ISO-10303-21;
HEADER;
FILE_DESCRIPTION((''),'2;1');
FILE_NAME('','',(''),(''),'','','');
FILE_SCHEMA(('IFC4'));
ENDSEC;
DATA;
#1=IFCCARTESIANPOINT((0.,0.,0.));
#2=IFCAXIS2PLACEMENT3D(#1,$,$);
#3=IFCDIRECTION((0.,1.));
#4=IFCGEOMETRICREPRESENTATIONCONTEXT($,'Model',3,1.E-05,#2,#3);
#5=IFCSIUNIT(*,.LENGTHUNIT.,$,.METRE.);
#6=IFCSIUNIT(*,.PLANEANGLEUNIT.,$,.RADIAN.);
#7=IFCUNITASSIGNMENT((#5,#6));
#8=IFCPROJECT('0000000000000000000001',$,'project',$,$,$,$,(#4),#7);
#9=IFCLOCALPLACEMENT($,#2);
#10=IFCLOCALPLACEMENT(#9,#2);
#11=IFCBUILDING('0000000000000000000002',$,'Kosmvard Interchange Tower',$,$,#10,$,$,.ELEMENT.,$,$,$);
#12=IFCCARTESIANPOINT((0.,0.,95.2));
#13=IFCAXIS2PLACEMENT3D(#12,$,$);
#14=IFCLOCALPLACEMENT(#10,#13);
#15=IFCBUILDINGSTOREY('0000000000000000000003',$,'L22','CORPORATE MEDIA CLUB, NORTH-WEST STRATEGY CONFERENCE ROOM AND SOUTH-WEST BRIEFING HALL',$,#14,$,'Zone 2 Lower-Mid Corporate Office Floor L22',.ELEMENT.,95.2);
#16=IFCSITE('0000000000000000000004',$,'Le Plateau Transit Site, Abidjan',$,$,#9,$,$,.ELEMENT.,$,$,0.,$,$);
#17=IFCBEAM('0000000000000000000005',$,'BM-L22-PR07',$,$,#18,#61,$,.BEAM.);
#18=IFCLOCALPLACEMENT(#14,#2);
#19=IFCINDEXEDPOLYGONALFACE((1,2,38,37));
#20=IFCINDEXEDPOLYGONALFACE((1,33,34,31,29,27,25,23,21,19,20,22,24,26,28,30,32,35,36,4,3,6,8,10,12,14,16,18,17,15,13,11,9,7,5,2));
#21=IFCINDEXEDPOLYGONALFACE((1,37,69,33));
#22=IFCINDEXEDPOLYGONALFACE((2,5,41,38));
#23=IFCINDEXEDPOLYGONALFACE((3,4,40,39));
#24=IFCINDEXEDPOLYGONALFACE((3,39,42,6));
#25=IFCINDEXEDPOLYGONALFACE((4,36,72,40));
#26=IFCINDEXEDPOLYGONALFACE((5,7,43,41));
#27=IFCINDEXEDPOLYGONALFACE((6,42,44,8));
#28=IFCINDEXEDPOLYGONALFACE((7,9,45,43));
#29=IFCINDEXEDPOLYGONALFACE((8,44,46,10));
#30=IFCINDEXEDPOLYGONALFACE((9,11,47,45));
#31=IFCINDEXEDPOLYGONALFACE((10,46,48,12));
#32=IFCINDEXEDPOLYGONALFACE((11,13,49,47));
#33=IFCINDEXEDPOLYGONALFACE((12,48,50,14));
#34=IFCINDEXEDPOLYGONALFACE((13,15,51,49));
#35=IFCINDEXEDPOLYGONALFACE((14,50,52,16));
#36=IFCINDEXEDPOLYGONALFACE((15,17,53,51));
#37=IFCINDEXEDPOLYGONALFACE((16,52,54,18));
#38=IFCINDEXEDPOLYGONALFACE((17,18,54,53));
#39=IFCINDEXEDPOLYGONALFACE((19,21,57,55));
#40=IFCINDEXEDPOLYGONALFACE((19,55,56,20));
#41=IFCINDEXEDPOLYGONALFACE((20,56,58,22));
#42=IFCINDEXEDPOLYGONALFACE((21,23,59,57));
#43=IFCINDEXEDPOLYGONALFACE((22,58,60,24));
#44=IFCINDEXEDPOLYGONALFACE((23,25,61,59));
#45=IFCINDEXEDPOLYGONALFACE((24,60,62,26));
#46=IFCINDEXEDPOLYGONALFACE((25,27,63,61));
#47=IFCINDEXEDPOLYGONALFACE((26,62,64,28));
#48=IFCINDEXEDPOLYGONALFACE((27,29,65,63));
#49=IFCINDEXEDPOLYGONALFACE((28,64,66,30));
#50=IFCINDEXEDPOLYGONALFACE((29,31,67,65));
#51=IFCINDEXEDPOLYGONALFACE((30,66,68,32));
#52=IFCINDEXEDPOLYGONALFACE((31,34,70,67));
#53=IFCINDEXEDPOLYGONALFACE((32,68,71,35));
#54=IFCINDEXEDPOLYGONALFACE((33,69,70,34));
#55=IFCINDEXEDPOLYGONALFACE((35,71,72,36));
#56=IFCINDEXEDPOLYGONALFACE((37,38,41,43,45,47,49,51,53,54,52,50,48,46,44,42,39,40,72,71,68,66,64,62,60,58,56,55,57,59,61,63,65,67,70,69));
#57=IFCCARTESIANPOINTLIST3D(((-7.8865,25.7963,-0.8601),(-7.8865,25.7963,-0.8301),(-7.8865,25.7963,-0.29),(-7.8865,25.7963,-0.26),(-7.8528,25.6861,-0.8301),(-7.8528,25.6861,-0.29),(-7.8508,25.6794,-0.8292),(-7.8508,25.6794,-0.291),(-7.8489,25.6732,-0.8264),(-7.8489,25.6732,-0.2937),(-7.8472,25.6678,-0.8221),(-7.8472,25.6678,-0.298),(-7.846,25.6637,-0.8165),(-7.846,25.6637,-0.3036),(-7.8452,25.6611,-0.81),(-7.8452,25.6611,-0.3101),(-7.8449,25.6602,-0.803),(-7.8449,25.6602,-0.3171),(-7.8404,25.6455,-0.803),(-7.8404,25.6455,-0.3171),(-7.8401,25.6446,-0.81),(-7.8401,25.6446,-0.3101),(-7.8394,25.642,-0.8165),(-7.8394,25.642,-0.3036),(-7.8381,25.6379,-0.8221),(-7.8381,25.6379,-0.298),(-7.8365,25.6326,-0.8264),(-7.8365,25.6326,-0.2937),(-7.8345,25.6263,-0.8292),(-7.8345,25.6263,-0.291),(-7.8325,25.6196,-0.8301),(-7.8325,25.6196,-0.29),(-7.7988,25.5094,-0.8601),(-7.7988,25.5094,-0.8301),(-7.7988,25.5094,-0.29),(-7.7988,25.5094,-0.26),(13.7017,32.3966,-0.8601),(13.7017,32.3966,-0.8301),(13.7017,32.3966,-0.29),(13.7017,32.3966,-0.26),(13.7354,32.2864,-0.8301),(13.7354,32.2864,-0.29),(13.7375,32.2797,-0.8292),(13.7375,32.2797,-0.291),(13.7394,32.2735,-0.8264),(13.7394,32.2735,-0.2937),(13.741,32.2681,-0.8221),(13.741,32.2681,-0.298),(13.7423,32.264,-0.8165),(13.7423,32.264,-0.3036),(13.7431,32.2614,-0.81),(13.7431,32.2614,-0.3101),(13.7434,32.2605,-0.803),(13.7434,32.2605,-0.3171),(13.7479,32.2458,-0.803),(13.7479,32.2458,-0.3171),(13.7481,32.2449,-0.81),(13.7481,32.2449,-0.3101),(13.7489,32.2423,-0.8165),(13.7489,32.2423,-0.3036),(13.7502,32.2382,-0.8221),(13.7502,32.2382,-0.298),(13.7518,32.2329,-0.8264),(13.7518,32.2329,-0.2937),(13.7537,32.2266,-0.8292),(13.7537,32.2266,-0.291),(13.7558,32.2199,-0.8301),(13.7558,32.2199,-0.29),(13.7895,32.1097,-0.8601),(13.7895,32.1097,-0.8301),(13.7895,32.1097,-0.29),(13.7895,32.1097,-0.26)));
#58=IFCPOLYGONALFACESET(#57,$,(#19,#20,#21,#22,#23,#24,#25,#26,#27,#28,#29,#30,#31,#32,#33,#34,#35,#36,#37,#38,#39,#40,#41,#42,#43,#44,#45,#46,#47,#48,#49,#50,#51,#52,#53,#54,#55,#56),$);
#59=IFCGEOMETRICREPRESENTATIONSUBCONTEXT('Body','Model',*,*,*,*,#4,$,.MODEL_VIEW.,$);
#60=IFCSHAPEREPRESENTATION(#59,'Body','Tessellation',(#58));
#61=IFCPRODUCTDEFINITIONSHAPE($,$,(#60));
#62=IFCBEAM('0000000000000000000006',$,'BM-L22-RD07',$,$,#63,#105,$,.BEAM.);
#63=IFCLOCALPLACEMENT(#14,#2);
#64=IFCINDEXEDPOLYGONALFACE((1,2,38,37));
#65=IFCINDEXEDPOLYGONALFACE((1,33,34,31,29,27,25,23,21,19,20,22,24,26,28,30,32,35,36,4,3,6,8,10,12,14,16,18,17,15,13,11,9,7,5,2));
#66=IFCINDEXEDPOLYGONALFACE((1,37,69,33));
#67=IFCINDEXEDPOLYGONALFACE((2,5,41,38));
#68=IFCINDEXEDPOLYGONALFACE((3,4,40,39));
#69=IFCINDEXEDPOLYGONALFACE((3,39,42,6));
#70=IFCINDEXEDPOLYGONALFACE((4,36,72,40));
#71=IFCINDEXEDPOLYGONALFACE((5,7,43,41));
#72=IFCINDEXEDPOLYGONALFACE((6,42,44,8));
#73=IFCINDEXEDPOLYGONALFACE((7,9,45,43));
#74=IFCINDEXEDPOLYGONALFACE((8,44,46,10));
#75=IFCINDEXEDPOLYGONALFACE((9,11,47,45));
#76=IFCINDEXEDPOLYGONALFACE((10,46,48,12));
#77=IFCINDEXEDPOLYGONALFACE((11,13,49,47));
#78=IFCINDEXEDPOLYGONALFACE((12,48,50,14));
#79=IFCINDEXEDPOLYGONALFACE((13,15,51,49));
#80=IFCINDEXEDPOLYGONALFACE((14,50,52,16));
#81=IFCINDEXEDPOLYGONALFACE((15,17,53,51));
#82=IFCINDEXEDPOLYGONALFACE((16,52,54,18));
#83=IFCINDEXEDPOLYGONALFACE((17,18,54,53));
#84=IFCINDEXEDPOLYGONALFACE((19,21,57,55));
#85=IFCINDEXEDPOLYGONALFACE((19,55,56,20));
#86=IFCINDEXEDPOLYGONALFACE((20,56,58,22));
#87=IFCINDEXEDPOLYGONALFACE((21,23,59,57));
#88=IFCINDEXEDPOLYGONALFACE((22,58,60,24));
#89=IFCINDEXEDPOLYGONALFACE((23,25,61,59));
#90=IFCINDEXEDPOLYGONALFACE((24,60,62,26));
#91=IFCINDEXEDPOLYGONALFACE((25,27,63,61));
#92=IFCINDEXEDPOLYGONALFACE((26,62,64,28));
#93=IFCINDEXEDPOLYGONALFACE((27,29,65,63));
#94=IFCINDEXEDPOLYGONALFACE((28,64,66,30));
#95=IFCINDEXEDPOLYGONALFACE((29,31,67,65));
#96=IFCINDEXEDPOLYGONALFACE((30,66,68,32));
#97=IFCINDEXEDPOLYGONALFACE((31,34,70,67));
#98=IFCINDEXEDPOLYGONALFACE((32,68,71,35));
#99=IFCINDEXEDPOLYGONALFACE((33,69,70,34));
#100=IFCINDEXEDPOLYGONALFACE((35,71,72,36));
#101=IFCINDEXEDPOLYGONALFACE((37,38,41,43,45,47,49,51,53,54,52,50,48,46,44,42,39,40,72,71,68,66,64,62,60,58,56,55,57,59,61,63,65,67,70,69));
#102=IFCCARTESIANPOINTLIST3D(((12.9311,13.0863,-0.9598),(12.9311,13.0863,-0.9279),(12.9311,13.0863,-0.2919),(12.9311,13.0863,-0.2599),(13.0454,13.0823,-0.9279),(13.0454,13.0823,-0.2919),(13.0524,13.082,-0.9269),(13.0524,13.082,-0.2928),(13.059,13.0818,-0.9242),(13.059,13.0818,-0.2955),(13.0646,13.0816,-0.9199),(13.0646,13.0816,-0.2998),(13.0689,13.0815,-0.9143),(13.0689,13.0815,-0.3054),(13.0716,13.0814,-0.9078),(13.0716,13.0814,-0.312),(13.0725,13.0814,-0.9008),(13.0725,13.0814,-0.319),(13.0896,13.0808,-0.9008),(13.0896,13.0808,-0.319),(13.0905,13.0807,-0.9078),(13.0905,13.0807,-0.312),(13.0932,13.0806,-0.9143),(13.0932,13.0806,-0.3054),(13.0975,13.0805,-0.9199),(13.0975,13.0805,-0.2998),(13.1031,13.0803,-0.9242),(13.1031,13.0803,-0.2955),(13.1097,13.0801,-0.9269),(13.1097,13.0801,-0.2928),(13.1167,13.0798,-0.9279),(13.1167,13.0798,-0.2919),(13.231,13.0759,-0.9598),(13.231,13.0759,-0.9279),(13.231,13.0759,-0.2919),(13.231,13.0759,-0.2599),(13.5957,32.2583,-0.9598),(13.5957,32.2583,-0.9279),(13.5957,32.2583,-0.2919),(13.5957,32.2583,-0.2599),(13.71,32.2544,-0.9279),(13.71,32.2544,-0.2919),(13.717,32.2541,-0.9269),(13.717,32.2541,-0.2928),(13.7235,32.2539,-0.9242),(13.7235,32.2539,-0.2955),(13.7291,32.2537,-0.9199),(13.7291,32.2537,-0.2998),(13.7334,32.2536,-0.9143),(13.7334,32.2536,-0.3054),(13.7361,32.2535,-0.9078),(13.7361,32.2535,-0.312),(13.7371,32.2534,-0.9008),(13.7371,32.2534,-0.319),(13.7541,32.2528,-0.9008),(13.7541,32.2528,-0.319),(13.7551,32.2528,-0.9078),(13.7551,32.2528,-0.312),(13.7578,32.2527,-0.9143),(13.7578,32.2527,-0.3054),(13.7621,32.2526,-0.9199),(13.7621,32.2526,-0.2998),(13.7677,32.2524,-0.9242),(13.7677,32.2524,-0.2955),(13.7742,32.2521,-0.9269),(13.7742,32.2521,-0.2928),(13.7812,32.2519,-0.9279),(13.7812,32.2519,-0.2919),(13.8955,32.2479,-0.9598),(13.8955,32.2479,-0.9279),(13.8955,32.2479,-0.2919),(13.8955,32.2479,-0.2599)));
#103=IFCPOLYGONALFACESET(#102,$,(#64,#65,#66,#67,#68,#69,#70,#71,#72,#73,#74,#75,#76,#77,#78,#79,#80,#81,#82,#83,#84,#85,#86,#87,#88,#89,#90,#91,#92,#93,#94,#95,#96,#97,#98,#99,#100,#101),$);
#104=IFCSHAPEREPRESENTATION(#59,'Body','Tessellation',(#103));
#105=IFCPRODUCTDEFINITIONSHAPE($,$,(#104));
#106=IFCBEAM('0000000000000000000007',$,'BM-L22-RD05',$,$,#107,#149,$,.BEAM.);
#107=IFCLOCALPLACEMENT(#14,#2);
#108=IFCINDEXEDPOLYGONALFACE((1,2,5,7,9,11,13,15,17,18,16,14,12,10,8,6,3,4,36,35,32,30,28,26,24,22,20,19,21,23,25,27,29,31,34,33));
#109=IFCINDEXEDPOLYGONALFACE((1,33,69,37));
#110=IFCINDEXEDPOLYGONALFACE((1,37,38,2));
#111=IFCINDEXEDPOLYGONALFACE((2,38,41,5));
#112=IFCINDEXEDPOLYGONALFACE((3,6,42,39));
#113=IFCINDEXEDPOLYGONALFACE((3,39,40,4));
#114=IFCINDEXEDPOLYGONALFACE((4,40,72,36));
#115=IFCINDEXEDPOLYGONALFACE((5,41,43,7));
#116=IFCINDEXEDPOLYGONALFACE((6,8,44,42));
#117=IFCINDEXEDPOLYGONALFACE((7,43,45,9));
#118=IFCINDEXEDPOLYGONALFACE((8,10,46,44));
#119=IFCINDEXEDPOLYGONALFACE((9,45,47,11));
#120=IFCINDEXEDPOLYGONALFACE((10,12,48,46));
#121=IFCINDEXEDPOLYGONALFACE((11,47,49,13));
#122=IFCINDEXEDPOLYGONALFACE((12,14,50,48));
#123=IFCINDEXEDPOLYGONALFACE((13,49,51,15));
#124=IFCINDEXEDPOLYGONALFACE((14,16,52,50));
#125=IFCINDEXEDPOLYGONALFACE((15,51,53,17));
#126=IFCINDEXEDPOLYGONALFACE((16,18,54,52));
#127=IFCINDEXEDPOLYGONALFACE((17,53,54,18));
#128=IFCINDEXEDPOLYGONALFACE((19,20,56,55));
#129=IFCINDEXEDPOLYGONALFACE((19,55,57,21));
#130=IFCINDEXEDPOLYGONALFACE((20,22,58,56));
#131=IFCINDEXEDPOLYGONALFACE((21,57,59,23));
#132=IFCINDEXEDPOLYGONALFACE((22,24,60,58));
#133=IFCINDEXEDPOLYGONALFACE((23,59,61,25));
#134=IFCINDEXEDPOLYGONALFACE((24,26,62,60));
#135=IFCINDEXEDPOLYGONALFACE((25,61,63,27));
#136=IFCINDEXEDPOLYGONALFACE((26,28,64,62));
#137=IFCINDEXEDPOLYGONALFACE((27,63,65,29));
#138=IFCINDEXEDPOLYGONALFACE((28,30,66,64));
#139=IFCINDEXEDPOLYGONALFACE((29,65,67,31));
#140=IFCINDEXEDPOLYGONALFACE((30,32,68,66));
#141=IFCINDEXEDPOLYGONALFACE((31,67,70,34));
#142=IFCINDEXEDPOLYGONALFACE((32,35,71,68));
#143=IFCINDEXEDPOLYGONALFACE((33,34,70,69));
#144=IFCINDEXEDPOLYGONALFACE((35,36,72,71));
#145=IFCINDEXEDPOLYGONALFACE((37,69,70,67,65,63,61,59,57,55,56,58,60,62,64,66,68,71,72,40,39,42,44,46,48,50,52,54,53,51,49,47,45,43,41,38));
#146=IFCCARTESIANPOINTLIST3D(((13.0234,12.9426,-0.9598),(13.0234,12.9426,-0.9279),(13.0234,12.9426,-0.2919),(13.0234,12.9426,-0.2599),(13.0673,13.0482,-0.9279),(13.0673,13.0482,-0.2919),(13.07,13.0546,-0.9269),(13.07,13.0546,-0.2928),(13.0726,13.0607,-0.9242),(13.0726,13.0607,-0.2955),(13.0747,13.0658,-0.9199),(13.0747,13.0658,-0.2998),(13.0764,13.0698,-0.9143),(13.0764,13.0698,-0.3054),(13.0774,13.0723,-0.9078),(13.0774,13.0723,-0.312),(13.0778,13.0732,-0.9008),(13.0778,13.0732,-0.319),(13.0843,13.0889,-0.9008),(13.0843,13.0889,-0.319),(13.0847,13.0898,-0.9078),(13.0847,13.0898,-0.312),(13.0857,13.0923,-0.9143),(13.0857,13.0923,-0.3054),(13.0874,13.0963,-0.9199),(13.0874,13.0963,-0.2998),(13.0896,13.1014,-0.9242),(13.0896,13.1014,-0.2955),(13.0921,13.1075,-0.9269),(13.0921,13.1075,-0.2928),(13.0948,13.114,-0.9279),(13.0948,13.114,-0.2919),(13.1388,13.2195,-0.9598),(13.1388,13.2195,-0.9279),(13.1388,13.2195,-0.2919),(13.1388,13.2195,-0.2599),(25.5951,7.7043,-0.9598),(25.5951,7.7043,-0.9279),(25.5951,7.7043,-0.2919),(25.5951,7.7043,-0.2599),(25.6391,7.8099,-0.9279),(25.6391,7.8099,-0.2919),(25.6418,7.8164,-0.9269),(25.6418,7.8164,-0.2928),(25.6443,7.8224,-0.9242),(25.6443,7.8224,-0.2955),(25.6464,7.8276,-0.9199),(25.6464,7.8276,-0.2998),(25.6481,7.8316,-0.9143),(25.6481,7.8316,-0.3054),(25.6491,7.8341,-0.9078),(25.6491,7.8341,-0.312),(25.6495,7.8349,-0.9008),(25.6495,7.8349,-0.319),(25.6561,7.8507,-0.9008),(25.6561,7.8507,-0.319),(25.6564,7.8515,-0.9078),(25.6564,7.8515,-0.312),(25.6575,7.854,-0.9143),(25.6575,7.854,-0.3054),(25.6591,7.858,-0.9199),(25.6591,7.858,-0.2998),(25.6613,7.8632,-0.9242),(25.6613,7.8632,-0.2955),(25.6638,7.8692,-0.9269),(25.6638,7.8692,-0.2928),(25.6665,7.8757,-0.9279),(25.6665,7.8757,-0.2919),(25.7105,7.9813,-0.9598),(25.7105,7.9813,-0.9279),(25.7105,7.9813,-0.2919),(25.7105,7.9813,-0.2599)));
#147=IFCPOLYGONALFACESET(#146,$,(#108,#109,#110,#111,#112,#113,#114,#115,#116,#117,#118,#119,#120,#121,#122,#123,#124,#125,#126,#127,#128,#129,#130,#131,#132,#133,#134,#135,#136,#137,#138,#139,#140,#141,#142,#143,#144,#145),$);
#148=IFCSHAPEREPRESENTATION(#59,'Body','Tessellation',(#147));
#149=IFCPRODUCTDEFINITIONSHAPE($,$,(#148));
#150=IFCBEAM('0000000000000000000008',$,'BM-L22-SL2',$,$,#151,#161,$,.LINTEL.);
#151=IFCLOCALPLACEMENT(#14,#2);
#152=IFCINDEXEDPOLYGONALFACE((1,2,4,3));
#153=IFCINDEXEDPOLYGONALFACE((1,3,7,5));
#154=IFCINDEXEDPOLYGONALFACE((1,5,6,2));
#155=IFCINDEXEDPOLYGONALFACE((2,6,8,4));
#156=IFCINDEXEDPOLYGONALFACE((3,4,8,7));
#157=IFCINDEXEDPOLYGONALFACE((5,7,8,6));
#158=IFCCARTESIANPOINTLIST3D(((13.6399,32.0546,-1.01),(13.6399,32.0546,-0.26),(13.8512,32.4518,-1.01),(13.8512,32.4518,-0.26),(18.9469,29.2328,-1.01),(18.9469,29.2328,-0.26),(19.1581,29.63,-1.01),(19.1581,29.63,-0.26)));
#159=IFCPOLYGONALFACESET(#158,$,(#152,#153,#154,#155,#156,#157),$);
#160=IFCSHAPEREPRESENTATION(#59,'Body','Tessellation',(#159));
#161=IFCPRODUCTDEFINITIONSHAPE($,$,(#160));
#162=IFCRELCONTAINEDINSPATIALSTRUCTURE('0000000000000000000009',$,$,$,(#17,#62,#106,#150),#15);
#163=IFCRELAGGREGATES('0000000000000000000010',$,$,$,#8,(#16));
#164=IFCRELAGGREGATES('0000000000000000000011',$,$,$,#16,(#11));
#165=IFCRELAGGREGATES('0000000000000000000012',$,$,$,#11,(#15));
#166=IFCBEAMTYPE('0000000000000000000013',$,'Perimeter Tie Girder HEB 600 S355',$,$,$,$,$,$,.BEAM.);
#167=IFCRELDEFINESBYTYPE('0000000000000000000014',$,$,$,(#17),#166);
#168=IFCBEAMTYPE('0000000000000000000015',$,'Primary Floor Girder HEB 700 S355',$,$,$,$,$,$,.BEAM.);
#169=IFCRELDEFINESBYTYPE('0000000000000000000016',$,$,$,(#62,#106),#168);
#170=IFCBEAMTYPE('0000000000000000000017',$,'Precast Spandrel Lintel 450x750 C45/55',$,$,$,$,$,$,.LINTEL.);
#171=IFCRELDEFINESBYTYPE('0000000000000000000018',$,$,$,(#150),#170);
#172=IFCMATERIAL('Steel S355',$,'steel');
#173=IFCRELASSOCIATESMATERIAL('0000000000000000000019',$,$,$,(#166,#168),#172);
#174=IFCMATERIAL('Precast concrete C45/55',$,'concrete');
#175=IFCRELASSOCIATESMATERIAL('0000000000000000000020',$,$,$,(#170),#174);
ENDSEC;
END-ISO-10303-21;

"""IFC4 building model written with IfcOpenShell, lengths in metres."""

from ifc_helpers import new_model, si_unit, direction, frame, origin, origin_2d, place, context, subcontext, project, spatial, rectangle, i_section, extrude, source, transform, mapped, material, material_profile, profile_set, type_object, element, save


model = new_model("IFC4")

# Units and contexts
model_context = context("Model", 3, precision=1e-05, world=origin(), true_north=direction((0.0, 1.0)))
body_context = subcontext(model_context, "Body", "Model", "MODEL_VIEW")
ifc_project = project(units=[si_unit("LENGTHUNIT", "METRE"), si_unit("PLANEANGLEUNIT", "RADIAN")], contexts=[model_context])

# Site, building, storey
site_placement = place(None, origin())
site = spatial("IfcSite", under=ifc_project, at=site_placement, Name="Le Plateau Transit Site, Abidjan", CompositionType="ELEMENT", RefElevation=0.0)
building_placement = place(site_placement, origin())
building = spatial("IfcBuilding", under=site, at=building_placement, Name="Kosmvard Interchange Tower", CompositionType="ELEMENT")
storey_placement = place(building_placement, frame((0.0, 0.0, 95.2)))
storey = spatial("IfcBuildingStorey", under=building, at=storey_placement, Name="L22", Description="CORPORATE MEDIA CLUB, NORTH-WEST STRATEGY CONFERENCE ROOM AND SOUTH-WEST BRIEFING HALL", LongName="Zone 2 Lower-Mid Corporate Office Floor L22", CompositionType="ELEMENT", Elevation=95.2)

# Beams
ifc_material_1 = material(Name="Steel S355", Category="steel")
ifc_material_profile_1 = material_profile(ifc_material_1, i_section(OverallWidth=0.3, OverallDepth=0.6001, WebThickness=0.0154, FlangeThickness=0.03, FilletRadius=0.0271, at=origin_2d()), Name="HEB 600")
ifc_profile_set_1 = profile_set([ifc_material_profile_1], Name="Steel S355")
beam_type_1 = type_object("IfcBeamType", Name="Perimeter Tie Girder HEB 600 S355", PredefinedType="BEAM", material=ifc_profile_set_1)
shared_shape_1 = source(origin(), body_context, "Body", "SweptSolid", [
    extrude(i_section(OverallWidth=0.3, OverallDepth=0.6001, WebThickness=0.0154, FlangeThickness=0.03, FilletRadius=0.0271, at=origin_2d()), origin(), (0.0, 0.0, 1.0), 22.5747),
])
beam_1_placement = place(storey_placement, frame((13.7456, 32.2532, -0.5601), z_axis=(-0.956303, -0.292376, 0.0), x_axis=(0.292376, -0.956303, 0.0)))
element("IfcBeam", 1, at=beam_1_placement, inside=storey, type_object=beam_type_1, Name="BM-L22-PR07", PredefinedType="BEAM", context=body_context, shape_type="MappedRepresentation", body=[
    mapped(shared_shape_1, transform((0.0, 0.0, 0.0), scale=1.0)),
])
ifc_material_profile_2 = material_profile(ifc_material_1, i_section(OverallWidth=0.3, OverallDepth=0.7, WebThickness=0.0171, FlangeThickness=0.032, FilletRadius=0.0271, at=origin_2d()), Name="HEB 700")
ifc_profile_set_2 = profile_set([ifc_material_profile_2], Name="Steel S355")
beam_type_2 = type_object("IfcBeamType", Name="Primary Floor Girder HEB 700 S355", PredefinedType="BEAM", material=ifc_profile_set_2)
shared_shape_2 = source(origin(), body_context, "Body", "SweptSolid", [
    extrude(i_section(OverallWidth=0.3, OverallDepth=0.7, WebThickness=0.0171, FlangeThickness=0.032, FilletRadius=0.0271, at=origin_2d()), origin(), (0.0, 0.0, 1.0), 19.1836),
])
beam_2_placement = place(storey_placement, frame((13.0811, 13.0811, -0.6099), z_axis=(0.034642, 0.9994, 0.0), x_axis=(-0.9994, 0.034642, 0.0)))
element("IfcBeam", 2, at=beam_2_placement, inside=storey, type_object=beam_type_2, Name="BM-L22-RD07", PredefinedType="BEAM", context=body_context, shape_type="MappedRepresentation", body=[
    mapped(shared_shape_2, transform((0.0, 0.0, 0.0), scale=1.0)),
])
shared_shape_3 = source(origin(), body_context, "Body", "SweptSolid", [
    extrude(i_section(OverallWidth=0.3, OverallDepth=0.7, WebThickness=0.0171, FlangeThickness=0.032, FilletRadius=0.0271, at=origin_2d()), origin(), (0.0, 0.0, 1.0), 13.6194),
])
beam_3_placement = place(storey_placement, frame((13.0811, 13.0811, -0.6099), z_axis=(0.923076, -0.384618, 0.0), x_axis=(0.384618, 0.923076, 0.0)))
element("IfcBeam", 3, at=beam_3_placement, inside=storey, type_object=beam_type_2, Name="BM-L22-RD05", PredefinedType="BEAM", context=body_context, shape_type="MappedRepresentation", body=[
    mapped(shared_shape_3, transform((0.0, 0.0, 0.0), scale=1.0)),
])
ifc_material_2 = material(Name="Precast concrete C45/55", Category="concrete")
ifc_material_profile_3 = material_profile(ifc_material_2, rectangle(XDim=0.45, YDim=0.75, at=origin_2d()), Name="SL 450x750")
ifc_profile_set_3 = profile_set([ifc_material_profile_3], Name="Precast concrete C45/55")
beam_type_3 = type_object("IfcBeamType", Name="Precast Spandrel Lintel 450x750 C45/55", PredefinedType="LINTEL", material=ifc_profile_set_3)
shared_shape_4 = source(origin(), body_context, "Body", "SweptSolid", [
    extrude(rectangle(XDim=0.45, YDim=0.75, at=origin_2d()), origin(), (0.0, 0.0, 1.0), 6.0105),
])
beam_4_placement = place(storey_placement, frame((19.0525, 29.4314, -0.635), z_axis=(-0.882944, 0.469479, 0.0), x_axis=(-0.469479, -0.882944, 0.0)))
element("IfcBeam", 4, at=beam_4_placement, inside=storey, type_object=beam_type_3, Name="BM-L22-SL2", PredefinedType="LINTEL", context=body_context, shape_type="MappedRepresentation", body=[
    mapped(shared_shape_4, transform((0.0, 0.0, 0.0), scale=1.0)),
])

save(model, "model.ifc")
